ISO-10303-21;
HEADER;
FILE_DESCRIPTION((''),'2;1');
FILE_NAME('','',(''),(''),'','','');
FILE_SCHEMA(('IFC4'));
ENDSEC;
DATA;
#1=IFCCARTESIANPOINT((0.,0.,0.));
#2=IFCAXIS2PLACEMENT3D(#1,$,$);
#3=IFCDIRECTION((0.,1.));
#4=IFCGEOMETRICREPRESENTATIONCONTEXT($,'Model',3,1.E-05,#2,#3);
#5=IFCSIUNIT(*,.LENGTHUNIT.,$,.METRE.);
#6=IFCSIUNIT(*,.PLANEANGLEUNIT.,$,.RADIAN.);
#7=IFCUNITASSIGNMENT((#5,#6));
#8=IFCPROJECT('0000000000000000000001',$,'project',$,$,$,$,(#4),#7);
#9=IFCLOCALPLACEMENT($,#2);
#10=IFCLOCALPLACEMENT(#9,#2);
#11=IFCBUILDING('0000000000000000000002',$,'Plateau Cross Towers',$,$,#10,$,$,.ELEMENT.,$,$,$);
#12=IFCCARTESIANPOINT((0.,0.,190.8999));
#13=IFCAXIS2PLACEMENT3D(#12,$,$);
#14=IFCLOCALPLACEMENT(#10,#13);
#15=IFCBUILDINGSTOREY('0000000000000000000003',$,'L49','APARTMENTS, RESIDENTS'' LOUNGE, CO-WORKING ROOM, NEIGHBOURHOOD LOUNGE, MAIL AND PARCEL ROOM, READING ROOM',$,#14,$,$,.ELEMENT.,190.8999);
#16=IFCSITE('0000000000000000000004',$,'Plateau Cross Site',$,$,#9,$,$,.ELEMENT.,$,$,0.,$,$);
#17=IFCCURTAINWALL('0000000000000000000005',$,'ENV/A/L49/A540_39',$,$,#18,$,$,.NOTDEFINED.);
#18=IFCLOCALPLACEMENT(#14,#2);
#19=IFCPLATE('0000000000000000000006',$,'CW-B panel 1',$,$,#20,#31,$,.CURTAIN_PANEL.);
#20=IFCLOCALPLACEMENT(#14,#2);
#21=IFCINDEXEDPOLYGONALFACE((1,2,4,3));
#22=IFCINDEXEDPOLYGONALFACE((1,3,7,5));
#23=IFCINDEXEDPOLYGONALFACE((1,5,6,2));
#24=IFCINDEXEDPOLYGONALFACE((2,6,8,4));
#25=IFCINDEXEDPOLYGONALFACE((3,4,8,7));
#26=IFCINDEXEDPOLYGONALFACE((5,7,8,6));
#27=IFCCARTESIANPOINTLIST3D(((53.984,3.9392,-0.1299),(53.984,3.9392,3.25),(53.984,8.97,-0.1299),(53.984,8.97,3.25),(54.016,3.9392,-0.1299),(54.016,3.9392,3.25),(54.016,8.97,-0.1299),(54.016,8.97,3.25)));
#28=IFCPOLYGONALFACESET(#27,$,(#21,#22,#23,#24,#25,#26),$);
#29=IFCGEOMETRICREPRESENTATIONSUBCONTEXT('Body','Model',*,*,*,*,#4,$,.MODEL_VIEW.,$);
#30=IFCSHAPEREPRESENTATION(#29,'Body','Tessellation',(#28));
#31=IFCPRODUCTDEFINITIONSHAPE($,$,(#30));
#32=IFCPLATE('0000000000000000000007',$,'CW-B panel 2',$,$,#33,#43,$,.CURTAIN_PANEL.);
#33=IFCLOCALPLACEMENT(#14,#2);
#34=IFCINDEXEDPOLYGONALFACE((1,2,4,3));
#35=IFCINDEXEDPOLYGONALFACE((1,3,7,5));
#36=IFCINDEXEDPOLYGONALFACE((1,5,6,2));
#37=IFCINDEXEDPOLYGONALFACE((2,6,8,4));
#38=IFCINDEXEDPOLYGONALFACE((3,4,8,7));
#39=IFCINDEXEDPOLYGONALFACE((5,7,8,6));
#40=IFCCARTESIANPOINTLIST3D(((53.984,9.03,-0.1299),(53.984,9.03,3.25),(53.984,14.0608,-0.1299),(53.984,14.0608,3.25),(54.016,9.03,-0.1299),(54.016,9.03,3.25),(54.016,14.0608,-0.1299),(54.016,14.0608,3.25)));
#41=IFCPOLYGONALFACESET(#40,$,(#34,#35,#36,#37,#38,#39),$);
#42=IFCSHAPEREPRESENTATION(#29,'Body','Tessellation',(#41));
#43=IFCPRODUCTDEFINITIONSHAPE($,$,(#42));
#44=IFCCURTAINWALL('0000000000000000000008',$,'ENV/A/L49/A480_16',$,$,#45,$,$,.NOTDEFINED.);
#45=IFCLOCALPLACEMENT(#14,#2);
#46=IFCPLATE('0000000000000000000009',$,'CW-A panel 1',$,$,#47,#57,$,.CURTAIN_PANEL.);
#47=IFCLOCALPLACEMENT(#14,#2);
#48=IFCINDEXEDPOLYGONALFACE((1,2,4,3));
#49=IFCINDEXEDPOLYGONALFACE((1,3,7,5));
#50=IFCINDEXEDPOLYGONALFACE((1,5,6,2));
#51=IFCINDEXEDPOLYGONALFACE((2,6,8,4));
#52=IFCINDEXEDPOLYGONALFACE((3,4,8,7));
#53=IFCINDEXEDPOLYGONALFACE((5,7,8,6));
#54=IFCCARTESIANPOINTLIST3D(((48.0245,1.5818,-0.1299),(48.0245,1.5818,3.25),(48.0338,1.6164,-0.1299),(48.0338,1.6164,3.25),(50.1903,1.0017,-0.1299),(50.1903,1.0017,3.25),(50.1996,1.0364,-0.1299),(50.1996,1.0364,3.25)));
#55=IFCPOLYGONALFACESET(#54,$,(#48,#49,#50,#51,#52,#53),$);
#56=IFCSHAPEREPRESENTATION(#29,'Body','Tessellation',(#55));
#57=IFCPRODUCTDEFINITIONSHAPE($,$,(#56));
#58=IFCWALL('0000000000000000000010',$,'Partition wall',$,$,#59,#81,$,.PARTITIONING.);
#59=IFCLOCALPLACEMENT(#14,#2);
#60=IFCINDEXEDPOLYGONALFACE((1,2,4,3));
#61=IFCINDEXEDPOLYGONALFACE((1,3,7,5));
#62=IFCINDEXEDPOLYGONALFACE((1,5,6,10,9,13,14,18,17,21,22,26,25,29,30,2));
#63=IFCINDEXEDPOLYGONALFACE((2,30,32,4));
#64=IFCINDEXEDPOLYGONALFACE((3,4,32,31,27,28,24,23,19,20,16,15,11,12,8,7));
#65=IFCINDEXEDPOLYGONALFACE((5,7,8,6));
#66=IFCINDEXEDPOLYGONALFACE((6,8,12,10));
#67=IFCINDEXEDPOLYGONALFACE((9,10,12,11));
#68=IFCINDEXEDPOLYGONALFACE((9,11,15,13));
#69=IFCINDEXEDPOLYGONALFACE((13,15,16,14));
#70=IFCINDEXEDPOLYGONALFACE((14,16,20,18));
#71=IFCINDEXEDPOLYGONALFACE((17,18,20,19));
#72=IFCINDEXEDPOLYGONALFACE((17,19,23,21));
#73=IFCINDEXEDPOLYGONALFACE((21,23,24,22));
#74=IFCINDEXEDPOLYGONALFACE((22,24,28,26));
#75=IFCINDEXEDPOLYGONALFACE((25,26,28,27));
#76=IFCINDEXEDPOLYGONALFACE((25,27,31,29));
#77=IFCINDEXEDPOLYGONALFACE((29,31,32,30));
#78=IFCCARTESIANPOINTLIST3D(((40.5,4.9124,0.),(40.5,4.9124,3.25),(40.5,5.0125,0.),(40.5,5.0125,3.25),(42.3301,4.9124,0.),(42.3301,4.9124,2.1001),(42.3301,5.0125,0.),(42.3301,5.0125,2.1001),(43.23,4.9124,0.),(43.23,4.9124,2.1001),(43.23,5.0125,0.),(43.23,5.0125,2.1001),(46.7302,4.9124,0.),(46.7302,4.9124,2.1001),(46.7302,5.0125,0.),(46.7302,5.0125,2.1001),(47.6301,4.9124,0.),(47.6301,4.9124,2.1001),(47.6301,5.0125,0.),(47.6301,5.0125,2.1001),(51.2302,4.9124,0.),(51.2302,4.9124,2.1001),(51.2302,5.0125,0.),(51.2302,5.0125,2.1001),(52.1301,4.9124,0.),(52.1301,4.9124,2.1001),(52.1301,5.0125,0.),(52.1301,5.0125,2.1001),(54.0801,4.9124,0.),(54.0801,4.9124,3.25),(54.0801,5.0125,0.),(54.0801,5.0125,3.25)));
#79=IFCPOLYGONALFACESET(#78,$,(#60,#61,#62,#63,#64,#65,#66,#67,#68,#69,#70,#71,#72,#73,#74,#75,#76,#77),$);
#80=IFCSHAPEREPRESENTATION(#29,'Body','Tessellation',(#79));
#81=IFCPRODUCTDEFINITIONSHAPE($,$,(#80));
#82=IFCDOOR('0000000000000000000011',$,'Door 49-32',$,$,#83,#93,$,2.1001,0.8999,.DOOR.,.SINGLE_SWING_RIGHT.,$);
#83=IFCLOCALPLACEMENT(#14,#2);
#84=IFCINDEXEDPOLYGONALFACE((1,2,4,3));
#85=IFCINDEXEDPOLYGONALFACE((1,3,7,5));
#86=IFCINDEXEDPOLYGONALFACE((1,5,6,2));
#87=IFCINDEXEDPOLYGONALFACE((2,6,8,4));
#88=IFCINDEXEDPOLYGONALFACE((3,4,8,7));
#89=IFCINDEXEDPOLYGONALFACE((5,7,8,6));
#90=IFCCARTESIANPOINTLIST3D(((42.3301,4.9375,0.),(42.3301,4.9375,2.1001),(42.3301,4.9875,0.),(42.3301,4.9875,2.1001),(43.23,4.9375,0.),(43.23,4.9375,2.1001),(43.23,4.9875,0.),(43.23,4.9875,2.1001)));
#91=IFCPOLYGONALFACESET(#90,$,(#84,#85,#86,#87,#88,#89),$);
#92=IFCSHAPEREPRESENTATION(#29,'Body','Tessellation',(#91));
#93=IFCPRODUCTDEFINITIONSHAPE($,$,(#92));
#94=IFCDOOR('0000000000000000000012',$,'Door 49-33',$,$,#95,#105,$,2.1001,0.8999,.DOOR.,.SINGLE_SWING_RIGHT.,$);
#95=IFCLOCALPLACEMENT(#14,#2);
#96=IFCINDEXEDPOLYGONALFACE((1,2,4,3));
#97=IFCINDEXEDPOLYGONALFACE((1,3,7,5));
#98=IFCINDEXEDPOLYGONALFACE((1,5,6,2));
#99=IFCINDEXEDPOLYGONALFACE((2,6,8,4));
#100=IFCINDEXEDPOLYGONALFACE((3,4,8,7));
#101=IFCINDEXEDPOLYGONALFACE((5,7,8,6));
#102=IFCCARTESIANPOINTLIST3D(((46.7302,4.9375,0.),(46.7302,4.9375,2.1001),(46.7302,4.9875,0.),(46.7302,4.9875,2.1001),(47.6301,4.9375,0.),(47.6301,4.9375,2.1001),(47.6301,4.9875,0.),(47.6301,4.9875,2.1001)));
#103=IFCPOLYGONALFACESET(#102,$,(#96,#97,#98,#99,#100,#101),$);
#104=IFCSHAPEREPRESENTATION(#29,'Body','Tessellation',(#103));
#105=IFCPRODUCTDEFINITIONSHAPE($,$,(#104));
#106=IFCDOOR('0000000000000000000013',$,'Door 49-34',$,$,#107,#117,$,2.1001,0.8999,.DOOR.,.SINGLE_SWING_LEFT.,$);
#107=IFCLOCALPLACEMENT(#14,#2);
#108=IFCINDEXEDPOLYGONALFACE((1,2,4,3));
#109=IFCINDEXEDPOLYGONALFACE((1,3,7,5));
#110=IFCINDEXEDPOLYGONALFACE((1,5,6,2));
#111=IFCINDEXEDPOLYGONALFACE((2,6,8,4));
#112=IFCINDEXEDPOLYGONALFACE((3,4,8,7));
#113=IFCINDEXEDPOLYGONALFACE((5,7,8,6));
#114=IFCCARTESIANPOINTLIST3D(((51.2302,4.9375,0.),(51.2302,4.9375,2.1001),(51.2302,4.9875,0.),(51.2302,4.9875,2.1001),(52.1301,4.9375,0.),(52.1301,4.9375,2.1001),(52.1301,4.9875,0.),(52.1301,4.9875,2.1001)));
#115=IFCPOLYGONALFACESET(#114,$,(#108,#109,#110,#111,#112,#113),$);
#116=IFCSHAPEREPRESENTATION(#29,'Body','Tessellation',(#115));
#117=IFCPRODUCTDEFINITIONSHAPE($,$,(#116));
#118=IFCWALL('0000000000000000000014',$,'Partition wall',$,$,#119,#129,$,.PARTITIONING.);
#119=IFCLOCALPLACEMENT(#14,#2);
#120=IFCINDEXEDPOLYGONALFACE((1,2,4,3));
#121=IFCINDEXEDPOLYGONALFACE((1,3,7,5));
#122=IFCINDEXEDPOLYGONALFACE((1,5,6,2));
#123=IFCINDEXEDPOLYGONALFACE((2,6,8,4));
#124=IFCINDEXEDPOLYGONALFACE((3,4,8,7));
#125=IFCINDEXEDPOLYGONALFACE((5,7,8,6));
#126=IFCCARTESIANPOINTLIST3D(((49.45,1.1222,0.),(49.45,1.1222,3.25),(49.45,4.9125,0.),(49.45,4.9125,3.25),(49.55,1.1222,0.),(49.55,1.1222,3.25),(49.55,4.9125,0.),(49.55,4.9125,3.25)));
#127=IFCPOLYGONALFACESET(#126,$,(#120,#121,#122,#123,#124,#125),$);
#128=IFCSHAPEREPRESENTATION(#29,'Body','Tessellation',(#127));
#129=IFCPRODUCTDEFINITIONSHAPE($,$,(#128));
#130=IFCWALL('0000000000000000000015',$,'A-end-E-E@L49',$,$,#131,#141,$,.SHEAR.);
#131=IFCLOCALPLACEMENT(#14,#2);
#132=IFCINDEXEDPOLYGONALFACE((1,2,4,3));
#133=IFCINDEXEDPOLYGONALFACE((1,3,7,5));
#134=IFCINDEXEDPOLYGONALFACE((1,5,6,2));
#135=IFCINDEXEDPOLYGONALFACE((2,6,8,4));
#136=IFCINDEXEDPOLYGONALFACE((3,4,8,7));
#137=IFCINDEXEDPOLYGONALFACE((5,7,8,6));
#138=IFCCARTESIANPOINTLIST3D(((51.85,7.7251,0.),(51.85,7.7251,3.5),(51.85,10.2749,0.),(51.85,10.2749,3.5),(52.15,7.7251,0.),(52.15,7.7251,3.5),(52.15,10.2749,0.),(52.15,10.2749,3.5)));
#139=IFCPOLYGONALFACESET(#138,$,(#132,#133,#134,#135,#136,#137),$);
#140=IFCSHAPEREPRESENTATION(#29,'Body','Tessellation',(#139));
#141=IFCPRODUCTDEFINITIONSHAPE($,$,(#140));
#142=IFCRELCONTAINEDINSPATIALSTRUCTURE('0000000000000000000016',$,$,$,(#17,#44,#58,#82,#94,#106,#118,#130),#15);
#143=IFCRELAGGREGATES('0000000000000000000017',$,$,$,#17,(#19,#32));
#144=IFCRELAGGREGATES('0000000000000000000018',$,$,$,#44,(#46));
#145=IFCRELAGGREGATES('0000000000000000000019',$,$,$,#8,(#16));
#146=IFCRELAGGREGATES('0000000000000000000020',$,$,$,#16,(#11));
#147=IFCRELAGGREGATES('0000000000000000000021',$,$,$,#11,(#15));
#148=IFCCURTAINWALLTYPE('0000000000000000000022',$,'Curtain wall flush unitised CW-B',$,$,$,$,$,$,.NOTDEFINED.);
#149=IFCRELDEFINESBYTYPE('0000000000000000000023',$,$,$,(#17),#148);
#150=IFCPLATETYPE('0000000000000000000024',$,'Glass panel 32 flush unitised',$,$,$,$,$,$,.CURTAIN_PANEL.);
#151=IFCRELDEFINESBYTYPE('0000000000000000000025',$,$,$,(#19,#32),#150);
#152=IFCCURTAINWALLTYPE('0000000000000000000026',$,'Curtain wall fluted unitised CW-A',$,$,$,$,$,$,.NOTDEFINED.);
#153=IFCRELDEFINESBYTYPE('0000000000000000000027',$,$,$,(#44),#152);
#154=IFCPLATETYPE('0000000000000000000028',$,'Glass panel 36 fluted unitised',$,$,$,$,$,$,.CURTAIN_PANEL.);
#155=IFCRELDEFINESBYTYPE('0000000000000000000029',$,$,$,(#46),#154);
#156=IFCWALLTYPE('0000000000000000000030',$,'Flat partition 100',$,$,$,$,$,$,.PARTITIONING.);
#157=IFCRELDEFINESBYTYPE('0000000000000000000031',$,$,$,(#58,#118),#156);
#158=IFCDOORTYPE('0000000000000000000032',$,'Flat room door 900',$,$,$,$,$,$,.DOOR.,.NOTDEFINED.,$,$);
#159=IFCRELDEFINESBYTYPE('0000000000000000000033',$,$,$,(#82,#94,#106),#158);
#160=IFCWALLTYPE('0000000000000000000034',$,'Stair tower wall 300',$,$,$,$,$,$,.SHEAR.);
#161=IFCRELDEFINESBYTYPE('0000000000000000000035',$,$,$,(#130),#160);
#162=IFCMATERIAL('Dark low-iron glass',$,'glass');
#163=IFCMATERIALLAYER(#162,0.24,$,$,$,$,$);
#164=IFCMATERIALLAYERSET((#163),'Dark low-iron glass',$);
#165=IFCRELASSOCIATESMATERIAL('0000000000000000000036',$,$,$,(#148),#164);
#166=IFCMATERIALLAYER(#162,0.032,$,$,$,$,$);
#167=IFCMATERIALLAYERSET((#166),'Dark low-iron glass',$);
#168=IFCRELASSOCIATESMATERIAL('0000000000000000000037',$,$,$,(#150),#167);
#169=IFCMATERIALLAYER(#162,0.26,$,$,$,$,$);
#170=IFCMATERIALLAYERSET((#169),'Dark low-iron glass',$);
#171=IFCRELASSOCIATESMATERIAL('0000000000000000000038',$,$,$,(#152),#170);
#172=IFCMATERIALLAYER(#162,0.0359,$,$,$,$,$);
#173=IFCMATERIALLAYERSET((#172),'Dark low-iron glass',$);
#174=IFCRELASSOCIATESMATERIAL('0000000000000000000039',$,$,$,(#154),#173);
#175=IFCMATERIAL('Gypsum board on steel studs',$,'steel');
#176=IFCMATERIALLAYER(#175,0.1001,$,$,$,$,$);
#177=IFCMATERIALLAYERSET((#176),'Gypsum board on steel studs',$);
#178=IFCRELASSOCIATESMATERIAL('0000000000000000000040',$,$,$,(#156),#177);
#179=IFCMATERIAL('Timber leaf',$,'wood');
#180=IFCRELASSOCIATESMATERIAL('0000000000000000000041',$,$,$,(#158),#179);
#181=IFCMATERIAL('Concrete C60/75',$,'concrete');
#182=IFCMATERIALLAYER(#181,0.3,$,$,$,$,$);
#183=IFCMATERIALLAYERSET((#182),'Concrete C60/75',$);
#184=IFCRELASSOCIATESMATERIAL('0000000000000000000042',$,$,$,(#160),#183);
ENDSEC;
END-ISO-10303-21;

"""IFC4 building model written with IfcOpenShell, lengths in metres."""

from ifc_helpers import new_model, si_unit, direction, frame, frame_2d, origin, origin_2d, place, context, subcontext, project, spatial, rectangle, extrude, material, layer, layer_set, type_object, element, fill, aggregate, save


model = new_model("IFC4")

# Units and contexts
model_context = context("Model", 3, precision=1e-05, world=origin(), true_north=direction((0.0, 1.0)))
body_context = subcontext(model_context, "Body", "Model", "MODEL_VIEW")
ifc_project = project(units=[si_unit("LENGTHUNIT", "METRE"), si_unit("PLANEANGLEUNIT", "RADIAN")], contexts=[model_context])

# Site, building, storey
site_placement = place(None, origin())
site = spatial("IfcSite", under=ifc_project, at=site_placement, Name="Plateau Cross Site", CompositionType="ELEMENT", RefElevation=0.0)
building_placement = place(site_placement, origin())
building = spatial("IfcBuilding", under=site, at=building_placement, Name="Plateau Cross Towers", CompositionType="ELEMENT")
storey_placement = place(building_placement, frame((0.0, 0.0, 190.8999)))
storey = spatial("IfcBuildingStorey", under=building, at=storey_placement, Name="L49", Description="APARTMENTS, RESIDENTS' LOUNGE, CO-WORKING ROOM, NEIGHBOURHOOD LOUNGE, MAIL AND PARCEL ROOM, READING ROOM", CompositionType="ELEMENT", Elevation=190.8999)

# Shared definitions
ifc_material_1 = material(Name="Concrete C60/75", Category="concrete")

# Shared definitions
ifc_material_2 = material(Name="Dark low-iron glass", Category="glass")
ifc_layer_1 = layer(ifc_material_2, 0.24)
ifc_layer_set_1 = layer_set([ifc_layer_1], Name="Dark low-iron glass")
curtain_wall_type_1 = type_object("IfcCurtainWallType", Name="Curtain wall flush unitised CW-B", PredefinedType="NOTDEFINED", material=ifc_layer_set_1)

# Curtain wall
curtain_wall_1_placement = place(storey_placement, origin())
curtain_wall_1 = element("IfcCurtainWall", 1, at=curtain_wall_1_placement, inside=storey, type_object=curtain_wall_type_1, Name="ENV/A/L49/A540_39", PredefinedType="NOTDEFINED")

# Plates
ifc_layer_2 = layer(ifc_material_2, 0.032)
ifc_layer_set_2 = layer_set([ifc_layer_2], Name="Dark low-iron glass")
plate_type_1 = type_object("IfcPlateType", Name="Glass panel 32 flush unitised", PredefinedType="CURTAIN_PANEL", material=ifc_layer_set_2)
plate_1_placement = place(storey_placement, frame((54.0, 6.4546, -0.1299), z_axis=(0.0, 0.0, 1.0), x_axis=(0.0, 1.0, 0.0)))
plate_1 = element("IfcPlate", 2, at=plate_1_placement, type_object=plate_type_1, Name="CW-B panel 1", PredefinedType="CURTAIN_PANEL", context=body_context, shape_type="SweptSolid", body=[
    extrude(rectangle(XDim=5.0308, YDim=0.032, at=origin_2d()), origin(), (0.0, 0.0, 1.0), 3.3799),
])
plate_2_placement = place(storey_placement, frame((54.0, 11.5454, -0.1299), z_axis=(0.0, 0.0, 1.0), x_axis=(0.0, 1.0, 0.0)))
plate_2 = element("IfcPlate", 3, at=plate_2_placement, type_object=plate_type_1, Name="CW-B panel 2", PredefinedType="CURTAIN_PANEL", context=body_context, shape_type="SweptSolid", body=[
    extrude(rectangle(XDim=5.0308, YDim=0.032, at=origin_2d()), origin(), (0.0, 0.0, 1.0), 3.3799),
])
aggregate(curtain_wall_1, [plate_1, plate_2])

# Curtain wall, plate
ifc_layer_3 = layer(ifc_material_2, 0.26)
ifc_layer_set_3 = layer_set([ifc_layer_3], Name="Dark low-iron glass")
curtain_wall_type_2 = type_object("IfcCurtainWallType", Name="Curtain wall fluted unitised CW-A", PredefinedType="NOTDEFINED", material=ifc_layer_set_3)
curtain_wall_2_placement = place(storey_placement, origin())
curtain_wall_2 = element("IfcCurtainWall", 4, at=curtain_wall_2_placement, inside=storey, type_object=curtain_wall_type_2, Name="ENV/A/L49/A480_16", PredefinedType="NOTDEFINED")
ifc_layer_4 = layer(ifc_material_2, 0.0359)
ifc_layer_set_4 = layer_set([ifc_layer_4], Name="Dark low-iron glass")
plate_type_2 = type_object("IfcPlateType", Name="Glass panel 36 fluted unitised", PredefinedType="CURTAIN_PANEL", material=ifc_layer_set_4)
plate_3_placement = place(storey_placement, frame((49.1121, 1.3091, -0.1299), z_axis=(0.0, 0.0, 1.0), x_axis=(0.965958, -0.258699, 0.0)))
plate_3 = element("IfcPlate", 5, at=plate_3_placement, type_object=plate_type_2, Name="CW-A panel 1", PredefinedType="CURTAIN_PANEL", context=body_context, shape_type="SweptSolid", body=[
    extrude(rectangle(XDim=2.2422, YDim=0.0359, at=origin_2d()), origin(), (0.0, 0.0, 1.0), 3.3799),
])
aggregate(curtain_wall_2, [plate_3])

# Wall, openings, doors
ifc_material_3 = material(Name="Gypsum board on steel studs", Category="steel")
ifc_layer_5 = layer(ifc_material_3, 0.1001)
ifc_layer_set_5 = layer_set([ifc_layer_5], Name="Gypsum board on steel studs")
wall_type_1 = type_object("IfcWallType", Name="Flat partition 100", PredefinedType="PARTITIONING", material=ifc_layer_set_5)
wall_1_placement = place(storey_placement, frame((54.0801, 4.9624, 0.0), z_axis=(0.0, 0.0, 1.0), x_axis=(-1.0, 0.0, 0.0)))
wall_1 = element("IfcWall", 6, at=wall_1_placement, inside=storey, type_object=wall_type_1, Name="Partition wall", PredefinedType="PARTITIONING", context=body_context, shape_type="SweptSolid", body=[
    extrude(rectangle(XDim=13.5801, YDim=0.1001, at=frame_2d((6.79, 0.0))), origin(), (0.0, 0.0, 1.0), 3.25),
])
opening_1_placement = place(wall_1_placement, frame((10.8501, 0.0, 0.0)))
opening_1 = element("IfcOpeningElement", 7, at=opening_1_placement, cuts=wall_1, PredefinedType="OPENING", context=body_context, shape_type="SweptSolid", body=[
    extrude(rectangle(XDim=0.8999, YDim=2.1001, at=frame_2d((0.45, 1.05))), frame((0.0, 0.0601, 0.0), z_axis=(0.0, -1.0, 0.0), x_axis=(1.0, 0.0, 0.0)), (0.0, 0.0, 1.0), 0.1201),
])
opening_2_placement = place(wall_1_placement, frame((6.45, 0.0, 0.0)))
opening_2 = element("IfcOpeningElement", 8, at=opening_2_placement, cuts=wall_1, PredefinedType="OPENING", context=body_context, shape_type="SweptSolid", body=[
    extrude(rectangle(XDim=0.8999, YDim=2.1001, at=frame_2d((0.45, 1.05))), frame((0.0, 0.0601, 0.0), z_axis=(0.0, -1.0, 0.0), x_axis=(1.0, 0.0, 0.0)), (0.0, 0.0, 1.0), 0.1201),
])
opening_3_placement = place(wall_1_placement, frame((1.95, 0.0, 0.0)))
opening_3 = element("IfcOpeningElement", 9, at=opening_3_placement, cuts=wall_1, PredefinedType="OPENING", context=body_context, shape_type="SweptSolid", body=[
    extrude(rectangle(XDim=0.8999, YDim=2.1001, at=frame_2d((0.45, 1.05))), frame((0.0, 0.0601, 0.0), z_axis=(0.0, -1.0, 0.0), x_axis=(1.0, 0.0, 0.0)), (0.0, 0.0, 1.0), 0.1201),
])
ifc_material_4 = material(Name="Timber leaf", Category="wood")
door_type = type_object("IfcDoorType", Name="Flat room door 900", OperationType="NOTDEFINED", PredefinedType="DOOR", material=ifc_material_4)
door_1_placement = place(opening_1_placement, origin())
door_1 = element("IfcDoor", 10, at=door_1_placement, inside=storey, type_object=door_type, Name="Door 49-32", OperationType="SINGLE_SWING_RIGHT", OverallHeight=2.1001, OverallWidth=0.8999, PredefinedType="DOOR", context=body_context, shape_type="SweptSolid", body=[
    extrude(rectangle(XDim=0.8999, YDim=2.1001, at=frame_2d((0.45, 1.05))), frame((0.0, 0.0249, 0.0), z_axis=(0.0, -1.0, 0.0), x_axis=(1.0, 0.0, 0.0)), (0.0, 0.0, 1.0), 0.05),
])
fill(opening_1, door_1)
door_2_placement = place(opening_2_placement, origin())
door_2 = element("IfcDoor", 11, at=door_2_placement, inside=storey, type_object=door_type, Name="Door 49-33", OperationType="SINGLE_SWING_RIGHT", OverallHeight=2.1001, OverallWidth=0.8999, PredefinedType="DOOR", context=body_context, shape_type="SweptSolid", body=[
    extrude(rectangle(XDim=0.8999, YDim=2.1001, at=frame_2d((0.45, 1.05))), frame((0.0, 0.0249, 0.0), z_axis=(0.0, -1.0, 0.0), x_axis=(1.0, 0.0, 0.0)), (0.0, 0.0, 1.0), 0.05),
])
fill(opening_2, door_2)
door_3_placement = place(opening_3_placement, origin())
door_3 = element("IfcDoor", 12, at=door_3_placement, inside=storey, type_object=door_type, Name="Door 49-34", OperationType="SINGLE_SWING_LEFT", OverallHeight=2.1001, OverallWidth=0.8999, PredefinedType="DOOR", context=body_context, shape_type="SweptSolid", body=[
    extrude(rectangle(XDim=0.8999, YDim=2.1001, at=frame_2d((0.45, 1.05))), frame((0.0, 0.0249, 0.0), z_axis=(0.0, -1.0, 0.0), x_axis=(1.0, 0.0, 0.0)), (0.0, 0.0, 1.0), 0.05),
])
fill(opening_3, door_3)

# Walls
wall_2_placement = place(storey_placement, frame((49.5, 1.1223, 0.0), z_axis=(0.0, 0.0, 1.0), x_axis=(0.0, 1.0, 0.0)))
element("IfcWall", 13, at=wall_2_placement, inside=storey, type_object=wall_type_1, Name="Partition wall", PredefinedType="PARTITIONING", context=body_context, shape_type="SweptSolid", body=[
    extrude(rectangle(XDim=3.7903, YDim=0.1001, at=frame_2d((1.895, 0.0))), origin(), (0.0, 0.0, 1.0), 3.25),
])
ifc_layer_6 = layer(ifc_material_1, 0.3)
ifc_layer_set_6 = layer_set([ifc_layer_6], Name="Concrete C60/75")
wall_type_2 = type_object("IfcWallType", Name="Stair tower wall 300", PredefinedType="SHEAR", material=ifc_layer_set_6)
wall_3_placement = place(storey_placement, frame((52.0, 7.7251, 0.0), z_axis=(0.0, 0.0, 1.0), x_axis=(0.0, 1.0, 0.0)))
element("IfcWall", 14, at=wall_3_placement, inside=storey, type_object=wall_type_2, Name="A-end-E-E@L49", PredefinedType="SHEAR", context=body_context, shape_type="SweptSolid", body=[
    extrude(rectangle(XDim=2.5498, YDim=0.3, at=frame_2d((1.2749, 0.0))), origin(), (0.0, 0.0, 1.0), 3.5),
])

save(model, "model.ifc")
